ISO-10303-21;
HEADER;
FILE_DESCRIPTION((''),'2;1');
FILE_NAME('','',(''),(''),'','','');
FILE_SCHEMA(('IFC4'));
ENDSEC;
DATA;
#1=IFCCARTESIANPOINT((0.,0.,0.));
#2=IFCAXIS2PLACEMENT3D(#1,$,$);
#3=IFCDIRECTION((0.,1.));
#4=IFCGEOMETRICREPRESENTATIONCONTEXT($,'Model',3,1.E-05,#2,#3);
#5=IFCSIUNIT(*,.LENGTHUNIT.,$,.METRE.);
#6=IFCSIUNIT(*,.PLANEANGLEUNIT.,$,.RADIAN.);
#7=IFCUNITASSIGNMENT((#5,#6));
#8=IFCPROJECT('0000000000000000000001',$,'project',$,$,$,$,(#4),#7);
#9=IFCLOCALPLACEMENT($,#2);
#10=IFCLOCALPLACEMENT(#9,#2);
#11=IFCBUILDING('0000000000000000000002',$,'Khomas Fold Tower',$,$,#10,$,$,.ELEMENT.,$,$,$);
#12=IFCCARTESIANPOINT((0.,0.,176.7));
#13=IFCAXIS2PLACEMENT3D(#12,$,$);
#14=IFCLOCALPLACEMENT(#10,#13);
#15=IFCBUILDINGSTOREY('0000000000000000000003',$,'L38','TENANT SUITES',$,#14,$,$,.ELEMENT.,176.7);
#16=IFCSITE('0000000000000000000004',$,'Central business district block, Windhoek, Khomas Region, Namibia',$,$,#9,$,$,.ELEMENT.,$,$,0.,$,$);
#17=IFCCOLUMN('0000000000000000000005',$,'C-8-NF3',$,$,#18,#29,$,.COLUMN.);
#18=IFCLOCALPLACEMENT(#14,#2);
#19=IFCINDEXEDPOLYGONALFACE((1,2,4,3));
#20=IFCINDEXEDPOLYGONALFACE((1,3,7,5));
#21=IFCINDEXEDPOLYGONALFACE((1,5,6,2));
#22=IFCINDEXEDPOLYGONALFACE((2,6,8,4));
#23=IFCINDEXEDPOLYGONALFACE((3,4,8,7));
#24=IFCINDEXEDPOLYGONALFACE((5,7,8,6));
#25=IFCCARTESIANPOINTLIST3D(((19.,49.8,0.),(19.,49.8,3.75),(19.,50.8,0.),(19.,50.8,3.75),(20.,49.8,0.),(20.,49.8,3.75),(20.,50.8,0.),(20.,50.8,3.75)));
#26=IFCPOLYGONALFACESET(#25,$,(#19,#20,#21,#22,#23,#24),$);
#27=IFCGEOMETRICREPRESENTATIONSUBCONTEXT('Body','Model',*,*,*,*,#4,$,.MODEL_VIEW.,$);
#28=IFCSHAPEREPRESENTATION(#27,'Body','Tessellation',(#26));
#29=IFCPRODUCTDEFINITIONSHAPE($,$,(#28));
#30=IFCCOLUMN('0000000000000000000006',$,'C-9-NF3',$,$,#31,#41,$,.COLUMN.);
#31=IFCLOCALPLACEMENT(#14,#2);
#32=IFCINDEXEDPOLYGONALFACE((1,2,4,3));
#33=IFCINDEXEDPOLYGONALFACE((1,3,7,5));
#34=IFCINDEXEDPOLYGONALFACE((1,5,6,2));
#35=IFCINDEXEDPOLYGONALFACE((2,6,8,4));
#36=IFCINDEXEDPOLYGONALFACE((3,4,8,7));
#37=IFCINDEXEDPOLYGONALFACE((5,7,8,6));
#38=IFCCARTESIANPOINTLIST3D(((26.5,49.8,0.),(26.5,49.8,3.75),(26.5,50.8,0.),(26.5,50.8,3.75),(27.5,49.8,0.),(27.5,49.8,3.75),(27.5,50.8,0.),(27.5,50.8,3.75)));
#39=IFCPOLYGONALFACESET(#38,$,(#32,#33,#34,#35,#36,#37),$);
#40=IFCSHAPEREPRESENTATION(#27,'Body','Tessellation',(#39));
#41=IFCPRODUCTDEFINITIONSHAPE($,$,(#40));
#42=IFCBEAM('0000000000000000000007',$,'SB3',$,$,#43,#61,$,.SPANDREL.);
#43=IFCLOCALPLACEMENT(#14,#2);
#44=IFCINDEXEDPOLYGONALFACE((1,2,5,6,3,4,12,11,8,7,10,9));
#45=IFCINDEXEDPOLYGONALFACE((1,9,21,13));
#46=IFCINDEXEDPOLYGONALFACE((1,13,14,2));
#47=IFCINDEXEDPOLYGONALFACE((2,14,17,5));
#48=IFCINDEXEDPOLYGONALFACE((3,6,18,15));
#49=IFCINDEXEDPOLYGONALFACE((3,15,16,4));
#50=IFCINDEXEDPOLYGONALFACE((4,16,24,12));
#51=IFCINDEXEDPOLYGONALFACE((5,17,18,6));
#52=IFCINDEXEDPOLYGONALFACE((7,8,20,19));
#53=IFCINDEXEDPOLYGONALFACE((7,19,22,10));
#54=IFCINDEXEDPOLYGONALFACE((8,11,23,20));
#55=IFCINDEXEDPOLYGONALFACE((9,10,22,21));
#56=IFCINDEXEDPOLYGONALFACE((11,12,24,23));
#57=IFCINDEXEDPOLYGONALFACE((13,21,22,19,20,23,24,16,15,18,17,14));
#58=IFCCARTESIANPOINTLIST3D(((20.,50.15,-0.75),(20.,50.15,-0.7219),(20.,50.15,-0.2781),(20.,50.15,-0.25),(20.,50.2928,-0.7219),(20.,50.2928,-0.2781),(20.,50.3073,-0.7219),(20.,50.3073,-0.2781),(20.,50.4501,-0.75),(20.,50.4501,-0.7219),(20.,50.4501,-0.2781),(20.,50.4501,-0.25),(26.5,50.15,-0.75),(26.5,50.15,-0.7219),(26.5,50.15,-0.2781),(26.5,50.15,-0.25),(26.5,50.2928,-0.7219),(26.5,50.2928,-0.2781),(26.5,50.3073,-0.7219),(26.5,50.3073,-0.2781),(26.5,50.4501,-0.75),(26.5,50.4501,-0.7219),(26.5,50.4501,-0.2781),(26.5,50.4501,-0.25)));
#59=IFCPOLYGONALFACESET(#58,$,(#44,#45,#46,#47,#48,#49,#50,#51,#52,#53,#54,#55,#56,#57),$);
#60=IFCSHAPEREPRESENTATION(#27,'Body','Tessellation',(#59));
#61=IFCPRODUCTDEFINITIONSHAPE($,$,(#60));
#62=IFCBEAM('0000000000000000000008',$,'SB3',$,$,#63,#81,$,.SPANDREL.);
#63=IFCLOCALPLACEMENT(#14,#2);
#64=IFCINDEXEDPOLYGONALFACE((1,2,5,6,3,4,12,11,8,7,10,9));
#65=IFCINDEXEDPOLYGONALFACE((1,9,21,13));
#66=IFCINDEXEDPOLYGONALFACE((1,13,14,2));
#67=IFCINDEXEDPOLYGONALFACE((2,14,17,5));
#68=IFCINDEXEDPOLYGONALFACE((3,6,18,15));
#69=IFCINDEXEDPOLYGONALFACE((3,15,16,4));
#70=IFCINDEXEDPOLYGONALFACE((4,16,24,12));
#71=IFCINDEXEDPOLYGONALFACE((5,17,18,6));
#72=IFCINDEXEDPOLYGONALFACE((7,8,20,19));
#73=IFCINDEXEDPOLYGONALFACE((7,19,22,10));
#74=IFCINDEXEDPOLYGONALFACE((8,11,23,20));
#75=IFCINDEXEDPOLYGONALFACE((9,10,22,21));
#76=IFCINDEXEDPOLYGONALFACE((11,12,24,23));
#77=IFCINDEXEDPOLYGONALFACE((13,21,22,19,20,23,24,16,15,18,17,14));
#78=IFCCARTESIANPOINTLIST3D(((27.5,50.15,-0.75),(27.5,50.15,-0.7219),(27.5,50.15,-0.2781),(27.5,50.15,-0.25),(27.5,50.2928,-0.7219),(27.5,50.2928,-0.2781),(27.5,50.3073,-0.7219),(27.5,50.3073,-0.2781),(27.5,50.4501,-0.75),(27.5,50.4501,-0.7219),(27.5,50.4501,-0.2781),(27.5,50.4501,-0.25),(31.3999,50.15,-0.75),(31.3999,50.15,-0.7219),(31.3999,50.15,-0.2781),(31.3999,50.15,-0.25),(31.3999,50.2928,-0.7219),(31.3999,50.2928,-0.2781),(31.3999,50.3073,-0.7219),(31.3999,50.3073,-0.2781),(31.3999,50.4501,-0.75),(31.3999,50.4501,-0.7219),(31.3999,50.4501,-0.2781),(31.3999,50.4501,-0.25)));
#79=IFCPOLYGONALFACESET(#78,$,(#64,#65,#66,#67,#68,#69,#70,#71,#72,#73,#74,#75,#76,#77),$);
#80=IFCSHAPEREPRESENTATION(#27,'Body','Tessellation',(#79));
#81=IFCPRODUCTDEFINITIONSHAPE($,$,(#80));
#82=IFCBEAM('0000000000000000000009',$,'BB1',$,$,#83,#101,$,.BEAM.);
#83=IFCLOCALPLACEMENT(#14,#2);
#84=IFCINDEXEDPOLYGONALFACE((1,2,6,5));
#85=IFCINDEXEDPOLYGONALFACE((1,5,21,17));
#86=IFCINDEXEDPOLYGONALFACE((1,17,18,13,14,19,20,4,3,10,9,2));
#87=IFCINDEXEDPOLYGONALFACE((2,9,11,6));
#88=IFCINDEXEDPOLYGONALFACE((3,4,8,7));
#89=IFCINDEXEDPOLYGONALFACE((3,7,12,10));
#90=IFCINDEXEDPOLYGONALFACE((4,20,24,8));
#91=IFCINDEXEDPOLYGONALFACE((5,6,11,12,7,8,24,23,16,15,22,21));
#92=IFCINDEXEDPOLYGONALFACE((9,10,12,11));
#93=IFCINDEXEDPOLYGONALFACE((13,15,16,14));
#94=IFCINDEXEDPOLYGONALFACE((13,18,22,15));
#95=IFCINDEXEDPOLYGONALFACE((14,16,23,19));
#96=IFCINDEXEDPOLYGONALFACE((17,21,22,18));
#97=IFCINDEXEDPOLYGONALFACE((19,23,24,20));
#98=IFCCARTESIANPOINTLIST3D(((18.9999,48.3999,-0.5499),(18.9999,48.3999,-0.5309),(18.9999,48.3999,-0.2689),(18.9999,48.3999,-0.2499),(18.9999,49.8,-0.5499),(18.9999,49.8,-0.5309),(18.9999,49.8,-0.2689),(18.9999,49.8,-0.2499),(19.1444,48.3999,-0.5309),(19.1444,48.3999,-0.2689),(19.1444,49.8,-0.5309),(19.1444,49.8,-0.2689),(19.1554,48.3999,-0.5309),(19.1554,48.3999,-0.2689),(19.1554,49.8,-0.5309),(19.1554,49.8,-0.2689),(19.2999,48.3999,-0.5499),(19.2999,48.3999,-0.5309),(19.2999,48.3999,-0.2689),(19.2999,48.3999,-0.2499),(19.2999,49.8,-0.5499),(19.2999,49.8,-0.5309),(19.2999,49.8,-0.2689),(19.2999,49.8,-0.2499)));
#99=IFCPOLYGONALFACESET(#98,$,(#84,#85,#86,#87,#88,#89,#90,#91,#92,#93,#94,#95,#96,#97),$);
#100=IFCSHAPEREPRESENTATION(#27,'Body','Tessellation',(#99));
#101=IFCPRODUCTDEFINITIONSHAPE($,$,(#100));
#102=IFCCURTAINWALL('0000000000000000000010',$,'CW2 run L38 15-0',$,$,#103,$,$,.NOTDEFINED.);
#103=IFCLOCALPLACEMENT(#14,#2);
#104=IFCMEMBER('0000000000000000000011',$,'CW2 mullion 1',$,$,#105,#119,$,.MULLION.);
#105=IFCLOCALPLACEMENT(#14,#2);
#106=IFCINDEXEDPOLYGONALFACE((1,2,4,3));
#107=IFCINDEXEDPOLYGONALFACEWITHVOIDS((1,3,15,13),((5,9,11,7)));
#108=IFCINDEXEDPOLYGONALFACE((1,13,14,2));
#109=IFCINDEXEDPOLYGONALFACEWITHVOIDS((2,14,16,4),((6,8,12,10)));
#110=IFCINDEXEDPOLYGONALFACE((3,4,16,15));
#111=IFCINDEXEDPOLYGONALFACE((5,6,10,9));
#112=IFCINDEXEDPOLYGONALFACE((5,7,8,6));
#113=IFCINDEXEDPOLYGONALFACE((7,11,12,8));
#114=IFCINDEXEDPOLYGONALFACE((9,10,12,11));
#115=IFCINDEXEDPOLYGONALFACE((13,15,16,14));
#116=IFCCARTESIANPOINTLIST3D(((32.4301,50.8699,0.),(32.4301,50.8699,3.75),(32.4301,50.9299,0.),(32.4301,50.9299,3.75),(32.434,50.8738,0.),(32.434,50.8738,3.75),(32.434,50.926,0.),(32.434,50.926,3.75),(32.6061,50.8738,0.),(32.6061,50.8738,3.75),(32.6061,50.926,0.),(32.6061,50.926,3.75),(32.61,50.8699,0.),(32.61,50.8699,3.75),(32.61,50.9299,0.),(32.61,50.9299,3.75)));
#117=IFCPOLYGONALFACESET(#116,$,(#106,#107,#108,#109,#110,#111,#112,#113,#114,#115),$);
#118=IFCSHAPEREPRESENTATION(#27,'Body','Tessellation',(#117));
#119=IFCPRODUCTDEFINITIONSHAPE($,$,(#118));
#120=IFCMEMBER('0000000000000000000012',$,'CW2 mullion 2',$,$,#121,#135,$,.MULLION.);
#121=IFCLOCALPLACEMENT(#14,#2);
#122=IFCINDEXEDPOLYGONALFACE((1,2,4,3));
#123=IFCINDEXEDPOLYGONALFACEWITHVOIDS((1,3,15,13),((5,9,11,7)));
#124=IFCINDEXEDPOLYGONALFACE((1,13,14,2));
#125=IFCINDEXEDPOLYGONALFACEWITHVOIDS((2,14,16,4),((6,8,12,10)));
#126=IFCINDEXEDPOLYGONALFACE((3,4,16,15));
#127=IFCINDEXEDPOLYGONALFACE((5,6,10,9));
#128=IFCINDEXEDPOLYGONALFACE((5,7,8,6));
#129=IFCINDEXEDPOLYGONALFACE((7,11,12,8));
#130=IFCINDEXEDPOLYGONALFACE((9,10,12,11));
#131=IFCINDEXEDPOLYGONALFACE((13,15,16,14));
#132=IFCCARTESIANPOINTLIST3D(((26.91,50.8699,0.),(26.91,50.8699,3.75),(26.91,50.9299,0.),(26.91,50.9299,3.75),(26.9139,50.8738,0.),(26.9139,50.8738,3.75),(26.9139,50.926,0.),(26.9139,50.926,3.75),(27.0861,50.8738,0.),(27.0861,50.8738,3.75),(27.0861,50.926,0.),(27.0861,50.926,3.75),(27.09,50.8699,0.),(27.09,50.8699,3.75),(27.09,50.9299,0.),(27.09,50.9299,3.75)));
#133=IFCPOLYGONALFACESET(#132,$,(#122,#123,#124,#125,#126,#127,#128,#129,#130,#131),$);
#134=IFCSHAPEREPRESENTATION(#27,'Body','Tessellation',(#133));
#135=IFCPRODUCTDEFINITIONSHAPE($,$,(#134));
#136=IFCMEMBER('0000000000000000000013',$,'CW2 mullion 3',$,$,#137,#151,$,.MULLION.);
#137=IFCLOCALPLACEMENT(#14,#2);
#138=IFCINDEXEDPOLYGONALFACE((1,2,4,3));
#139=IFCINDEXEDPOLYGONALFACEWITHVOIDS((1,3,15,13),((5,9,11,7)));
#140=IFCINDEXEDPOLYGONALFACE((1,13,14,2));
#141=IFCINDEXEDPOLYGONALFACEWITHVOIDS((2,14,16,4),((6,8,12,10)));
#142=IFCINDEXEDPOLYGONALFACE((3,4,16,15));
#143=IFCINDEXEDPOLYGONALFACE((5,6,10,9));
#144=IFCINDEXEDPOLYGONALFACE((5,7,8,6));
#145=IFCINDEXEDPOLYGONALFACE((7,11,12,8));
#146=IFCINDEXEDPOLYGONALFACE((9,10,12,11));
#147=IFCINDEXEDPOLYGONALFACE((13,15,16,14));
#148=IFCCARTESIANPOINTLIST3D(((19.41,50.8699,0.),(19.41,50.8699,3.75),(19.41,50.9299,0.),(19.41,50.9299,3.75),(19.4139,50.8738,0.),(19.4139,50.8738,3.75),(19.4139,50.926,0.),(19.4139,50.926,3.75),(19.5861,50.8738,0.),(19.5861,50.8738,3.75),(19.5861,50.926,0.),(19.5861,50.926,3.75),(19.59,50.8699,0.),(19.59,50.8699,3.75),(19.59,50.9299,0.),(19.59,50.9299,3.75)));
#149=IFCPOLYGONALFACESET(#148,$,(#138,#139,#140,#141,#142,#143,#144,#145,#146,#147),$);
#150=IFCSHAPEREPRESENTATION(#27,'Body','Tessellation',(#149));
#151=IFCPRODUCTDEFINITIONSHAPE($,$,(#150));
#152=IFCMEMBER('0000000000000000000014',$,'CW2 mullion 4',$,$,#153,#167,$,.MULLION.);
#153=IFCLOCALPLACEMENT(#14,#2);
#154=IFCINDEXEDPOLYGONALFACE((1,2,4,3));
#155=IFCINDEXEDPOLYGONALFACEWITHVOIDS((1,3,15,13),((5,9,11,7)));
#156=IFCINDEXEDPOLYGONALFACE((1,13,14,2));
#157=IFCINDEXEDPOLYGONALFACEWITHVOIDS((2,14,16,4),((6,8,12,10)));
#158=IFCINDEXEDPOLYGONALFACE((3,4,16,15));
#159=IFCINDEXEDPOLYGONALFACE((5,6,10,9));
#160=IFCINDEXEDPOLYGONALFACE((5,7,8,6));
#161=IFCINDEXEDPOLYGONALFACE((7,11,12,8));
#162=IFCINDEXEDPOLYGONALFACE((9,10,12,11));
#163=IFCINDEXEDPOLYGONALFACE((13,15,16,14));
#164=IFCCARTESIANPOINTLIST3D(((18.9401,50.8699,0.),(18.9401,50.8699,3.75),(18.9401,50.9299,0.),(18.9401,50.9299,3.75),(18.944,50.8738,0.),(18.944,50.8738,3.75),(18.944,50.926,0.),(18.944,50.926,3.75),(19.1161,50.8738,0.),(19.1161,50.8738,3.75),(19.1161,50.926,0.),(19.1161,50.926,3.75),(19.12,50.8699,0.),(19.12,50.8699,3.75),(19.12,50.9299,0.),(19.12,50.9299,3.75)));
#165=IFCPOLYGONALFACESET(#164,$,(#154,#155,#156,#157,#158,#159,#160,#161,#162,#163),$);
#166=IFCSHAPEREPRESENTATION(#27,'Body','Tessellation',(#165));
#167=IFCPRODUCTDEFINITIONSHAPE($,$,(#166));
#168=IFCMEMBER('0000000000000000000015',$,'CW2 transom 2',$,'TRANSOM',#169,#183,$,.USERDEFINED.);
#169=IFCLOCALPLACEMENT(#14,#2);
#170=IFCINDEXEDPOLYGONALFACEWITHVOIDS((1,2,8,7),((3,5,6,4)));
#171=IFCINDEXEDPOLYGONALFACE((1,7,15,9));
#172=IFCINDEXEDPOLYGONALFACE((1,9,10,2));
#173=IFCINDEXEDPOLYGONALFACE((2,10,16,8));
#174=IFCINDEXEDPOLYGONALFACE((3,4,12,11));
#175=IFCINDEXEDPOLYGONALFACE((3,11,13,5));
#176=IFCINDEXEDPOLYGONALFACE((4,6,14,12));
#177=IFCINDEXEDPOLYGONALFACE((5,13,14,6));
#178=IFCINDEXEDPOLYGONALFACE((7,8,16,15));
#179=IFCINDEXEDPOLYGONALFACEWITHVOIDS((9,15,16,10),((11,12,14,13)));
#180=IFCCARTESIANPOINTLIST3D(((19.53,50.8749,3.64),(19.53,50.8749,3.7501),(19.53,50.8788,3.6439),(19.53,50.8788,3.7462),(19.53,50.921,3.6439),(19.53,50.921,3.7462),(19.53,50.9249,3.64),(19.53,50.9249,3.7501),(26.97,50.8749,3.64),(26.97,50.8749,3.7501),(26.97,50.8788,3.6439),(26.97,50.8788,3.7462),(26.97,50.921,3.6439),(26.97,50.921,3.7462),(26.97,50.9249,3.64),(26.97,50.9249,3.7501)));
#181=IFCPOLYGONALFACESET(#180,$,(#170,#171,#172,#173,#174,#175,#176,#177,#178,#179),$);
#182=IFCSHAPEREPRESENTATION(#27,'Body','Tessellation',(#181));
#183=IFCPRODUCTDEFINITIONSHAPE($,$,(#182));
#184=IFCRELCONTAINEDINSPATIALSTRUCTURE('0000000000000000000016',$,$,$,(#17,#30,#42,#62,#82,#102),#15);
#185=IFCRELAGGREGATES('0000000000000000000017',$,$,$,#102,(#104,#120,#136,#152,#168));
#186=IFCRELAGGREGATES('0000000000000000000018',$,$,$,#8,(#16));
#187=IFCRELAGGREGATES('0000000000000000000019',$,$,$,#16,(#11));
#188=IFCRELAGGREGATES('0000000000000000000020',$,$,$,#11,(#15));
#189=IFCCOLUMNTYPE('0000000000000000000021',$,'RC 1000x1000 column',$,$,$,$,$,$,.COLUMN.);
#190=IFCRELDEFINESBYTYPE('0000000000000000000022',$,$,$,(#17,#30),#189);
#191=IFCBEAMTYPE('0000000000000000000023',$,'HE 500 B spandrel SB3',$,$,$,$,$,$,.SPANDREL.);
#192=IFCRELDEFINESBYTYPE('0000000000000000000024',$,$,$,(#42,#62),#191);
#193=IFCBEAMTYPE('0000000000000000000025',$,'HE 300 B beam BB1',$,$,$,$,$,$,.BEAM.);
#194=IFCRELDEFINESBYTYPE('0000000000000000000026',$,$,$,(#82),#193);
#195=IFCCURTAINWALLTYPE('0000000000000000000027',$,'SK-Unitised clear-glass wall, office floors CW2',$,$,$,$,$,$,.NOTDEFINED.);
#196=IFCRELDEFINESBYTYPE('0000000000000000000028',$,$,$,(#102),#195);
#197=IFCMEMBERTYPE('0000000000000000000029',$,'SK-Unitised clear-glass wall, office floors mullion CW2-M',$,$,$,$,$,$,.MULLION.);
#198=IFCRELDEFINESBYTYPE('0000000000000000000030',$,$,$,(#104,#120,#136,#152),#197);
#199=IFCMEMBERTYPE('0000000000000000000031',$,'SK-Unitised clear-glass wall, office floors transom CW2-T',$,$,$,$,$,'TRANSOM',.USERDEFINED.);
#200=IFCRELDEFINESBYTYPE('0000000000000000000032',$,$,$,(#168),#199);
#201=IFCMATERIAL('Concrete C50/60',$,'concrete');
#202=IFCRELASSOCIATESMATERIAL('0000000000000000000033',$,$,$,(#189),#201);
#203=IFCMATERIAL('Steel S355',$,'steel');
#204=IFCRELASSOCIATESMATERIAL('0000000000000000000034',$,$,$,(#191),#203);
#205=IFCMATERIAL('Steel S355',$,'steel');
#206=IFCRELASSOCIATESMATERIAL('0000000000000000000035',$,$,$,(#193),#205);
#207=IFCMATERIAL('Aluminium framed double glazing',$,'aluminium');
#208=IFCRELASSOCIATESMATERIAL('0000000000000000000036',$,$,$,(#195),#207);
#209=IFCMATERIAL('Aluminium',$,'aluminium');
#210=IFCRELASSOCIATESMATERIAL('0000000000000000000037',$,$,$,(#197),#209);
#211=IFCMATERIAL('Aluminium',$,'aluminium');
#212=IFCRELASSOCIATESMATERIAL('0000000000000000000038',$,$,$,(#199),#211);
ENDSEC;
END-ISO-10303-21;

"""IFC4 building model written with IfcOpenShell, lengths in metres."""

from ifc_helpers import new_model, si_unit, direction, frame, origin, origin_2d, place, context, subcontext, project, spatial, rectangle, hollow_rectangle, i_section, extrude, source, transform, mapped, material, material_profile, profile_set, type_object, element, aggregate, save


model = new_model("IFC4")

# Units and contexts
model_context = context("Model", 3, precision=1e-05, world=origin(), true_north=direction((0.0, 1.0)))
body_context = subcontext(model_context, "Body", "Model", "MODEL_VIEW")
ifc_project = project(units=[si_unit("LENGTHUNIT", "METRE"), si_unit("PLANEANGLEUNIT", "RADIAN")], contexts=[model_context])

# Site, building, storey
site_placement = place(None, origin())
site = spatial("IfcSite", under=ifc_project, at=site_placement, Name="Central business district block, Windhoek, Khomas Region, Namibia", CompositionType="ELEMENT", RefElevation=0.0)
building_placement = place(site_placement, origin())
building = spatial("IfcBuilding", under=site, at=building_placement, Name="Khomas Fold Tower", CompositionType="ELEMENT")
storey_placement = place(building_placement, frame((0.0, 0.0, 176.7)))
storey = spatial("IfcBuildingStorey", under=building, at=storey_placement, Name="L38", Description="TENANT SUITES", CompositionType="ELEMENT", Elevation=176.7)

# Columns
ifc_material_1 = material(Name="Concrete C50/60", Category="concrete")
ifc_material_profile_1 = material_profile(ifc_material_1, rectangle(XDim=1.0, YDim=1.0, at=origin_2d()), Name="RC 1000x1000")
ifc_profile_set_1 = profile_set([ifc_material_profile_1], Name="Concrete C50/60")
column_type = type_object("IfcColumnType", Name="RC 1000x1000 column", PredefinedType="COLUMN", material=ifc_profile_set_1)
shared_shape_1 = source(origin(), body_context, "Body", "SweptSolid", [
    extrude(rectangle(XDim=1.0, YDim=1.0, at=origin_2d()), origin(), (0.0, 0.0, 1.0), 3.75),
])
for number, where, z_axis, x_axis, name in (
    (1, (19.5, 50.3, 0.0), (0.0, 0.0, 1.0), (1.0, 0.0, 0.0), "C-8-NF3"),
    (2, (27.0, 50.3, 0.0), (0.0, 0.0, 1.0), (1.0, 0.0, 0.0), "C-9-NF3"),
):
    element("IfcColumn", number, at=place(storey_placement, frame(where, z_axis=z_axis, x_axis=x_axis)), inside=storey, type_object=column_type, Name=name, PredefinedType="COLUMN", context=body_context, shape_type="MappedRepresentation", body=[
        mapped(shared_shape_1, transform((0.0, 0.0, 0.0))),
    ])

# Beams
ifc_material_2 = material(Name="Steel S355", Category="steel")
ifc_material_profile_2 = material_profile(ifc_material_2, i_section(OverallWidth=0.3, OverallDepth=0.5, WebThickness=0.0144, FlangeThickness=0.0281, at=origin_2d()), Name="HE 500 B")
ifc_profile_set_2 = profile_set([ifc_material_profile_2], Name="Steel S355")
beam_type_1 = type_object("IfcBeamType", Name="HE 500 B spandrel SB3", PredefinedType="SPANDREL", material=ifc_profile_set_2)
shared_shape_2 = source(origin(), body_context, "Body", "SweptSolid", [
    extrude(i_section(OverallWidth=0.3, OverallDepth=0.5, WebThickness=0.0144, FlangeThickness=0.0281, at=origin_2d()), origin(), (0.0, 0.0, 1.0), 6.5),
])
beam_1_placement = place(storey_placement, frame((20.0, 50.3, -0.5), z_axis=(1.0, 0.0, 0.0), x_axis=(0.0, 1.0, 0.0)))
element("IfcBeam", 3, at=beam_1_placement, inside=storey, type_object=beam_type_1, Name="SB3", PredefinedType="SPANDREL", context=body_context, shape_type="MappedRepresentation", body=[
    mapped(shared_shape_2, transform((0.0, 0.0, 0.0))),
])
shared_shape_3 = source(origin(), body_context, "Body", "SweptSolid", [
    extrude(i_section(OverallWidth=0.3, OverallDepth=0.5, WebThickness=0.0144, FlangeThickness=0.0281, at=origin_2d()), origin(), (0.0, 0.0, 1.0), 3.8999),
])
beam_2_placement = place(storey_placement, frame((27.5, 50.3, -0.5), z_axis=(1.0, 0.0, 0.0), x_axis=(0.0, 1.0, 0.0)))
element("IfcBeam", 4, at=beam_2_placement, inside=storey, type_object=beam_type_1, Name="SB3", PredefinedType="SPANDREL", context=body_context, shape_type="MappedRepresentation", body=[
    mapped(shared_shape_3, transform((0.0, 0.0, 0.0))),
])
ifc_material_3 = material(Name="Steel S355", Category="steel")
ifc_material_profile_3 = material_profile(ifc_material_3, i_section(OverallWidth=0.3, OverallDepth=0.3, WebThickness=0.011, FlangeThickness=0.019, at=origin_2d()), Name="HE 300 B")
ifc_profile_set_3 = profile_set([ifc_material_profile_3], Name="Steel S355")
beam_type_2 = type_object("IfcBeamType", Name="HE 300 B beam BB1", PredefinedType="BEAM", material=ifc_profile_set_3)
shared_shape_4 = source(origin(), body_context, "Body", "SweptSolid", [
    extrude(i_section(OverallWidth=0.3, OverallDepth=0.3, WebThickness=0.011, FlangeThickness=0.019, at=origin_2d()), origin(), (0.0, 0.0, 1.0), 1.4001),
])
beam_3_placement = place(storey_placement, frame((19.1499, 48.3999, -0.3999), z_axis=(0.0, 1.0, 0.0), x_axis=(-1.0, 0.0, 0.0)))
element("IfcBeam", 5, at=beam_3_placement, inside=storey, type_object=beam_type_2, Name="BB1", PredefinedType="BEAM", context=body_context, shape_type="MappedRepresentation", body=[
    mapped(shared_shape_4, transform((0.0, 0.0, 0.0))),
])

# Curtain wall, members
ifc_material_4 = material(Name="Aluminium framed double glazing", Category="aluminium")
curtain_wall_type = type_object("IfcCurtainWallType", Name="SK-Unitised clear-glass wall, office floors CW2", PredefinedType="NOTDEFINED", material=ifc_material_4)
curtain_wall_placement = place(storey_placement, origin())
curtain_wall = element("IfcCurtainWall", 6, at=curtain_wall_placement, inside=storey, type_object=curtain_wall_type, Name="CW2 run L38 15-0", PredefinedType="NOTDEFINED")
ifc_material_5 = material(Name="Aluminium", Category="aluminium")
ifc_material_profile_4 = material_profile(ifc_material_5, hollow_rectangle(XDim=0.0601, YDim=0.1799, WallThickness=0.0039, at=origin_2d()), Name="SK-Unitised clear-glass wall, office floors mullion CW2-M")
ifc_profile_set_4 = profile_set([ifc_material_profile_4], Name="Aluminium")
member_type_1 = type_object("IfcMemberType", Name="SK-Unitised clear-glass wall, office floors mullion CW2-M", PredefinedType="MULLION", material=ifc_profile_set_4)
shared_shape_5 = source(origin(), body_context, "Body", "SweptSolid", [
    extrude(hollow_rectangle(XDim=0.0601, YDim=0.1799, WallThickness=0.0039, at=origin_2d()), origin(), (0.0, 0.0, 1.0), 3.75),
])
member_1_placement = place(storey_placement, frame((32.52, 50.8999, 0.0), z_axis=(0.0, 0.0, 1.0), x_axis=(0.0, -1.0, 0.0)))
member_1 = element("IfcMember", 7, at=member_1_placement, type_object=member_type_1, Name="CW2 mullion 1", PredefinedType="MULLION", context=body_context, shape_type="MappedRepresentation", body=[
    mapped(shared_shape_5, transform((0.0, 0.0, 0.0))),
])
member_2_placement = place(storey_placement, frame((27.0, 50.8999, 0.0), z_axis=(0.0, 0.0, 1.0), x_axis=(0.0, -1.0, 0.0)))
member_2 = element("IfcMember", 8, at=member_2_placement, type_object=member_type_1, Name="CW2 mullion 2", PredefinedType="MULLION", context=body_context, shape_type="MappedRepresentation", body=[
    mapped(shared_shape_5, transform((0.0, 0.0, 0.0))),
])
member_3_placement = place(storey_placement, frame((19.5, 50.8999, 0.0), z_axis=(0.0, 0.0, 1.0), x_axis=(0.0, -1.0, 0.0)))
member_3 = element("IfcMember", 9, at=member_3_placement, type_object=member_type_1, Name="CW2 mullion 3", PredefinedType="MULLION", context=body_context, shape_type="MappedRepresentation", body=[
    mapped(shared_shape_5, transform((0.0, 0.0, 0.0))),
])
member_4_placement = place(storey_placement, frame((19.03, 50.8999, 0.0), z_axis=(0.0, 0.0, 1.0), x_axis=(0.0, -1.0, 0.0)))
member_4 = element("IfcMember", 10, at=member_4_placement, type_object=member_type_1, Name="CW2 mullion 4", PredefinedType="MULLION", context=body_context, shape_type="MappedRepresentation", body=[
    mapped(shared_shape_5, transform((0.0, 0.0, 0.0))),
])
ifc_material_6 = material(Name="Aluminium", Category="aluminium")
ifc_material_profile_5 = material_profile(ifc_material_6, hollow_rectangle(XDim=0.05, YDim=0.1101, WallThickness=0.0039, at=origin_2d()), Name="SK-Unitised clear-glass wall, office floors transom CW2-T")
ifc_profile_set_5 = profile_set([ifc_material_profile_5], Name="Aluminium")
member_type_2 = type_object("IfcMemberType", Name="SK-Unitised clear-glass wall, office floors transom CW2-T", ElementType="TRANSOM", PredefinedType="USERDEFINED", material=ifc_profile_set_5)
shared_shape_6 = source(origin(), body_context, "Body", "SweptSolid", [
    extrude(hollow_rectangle(XDim=0.05, YDim=0.1101, WallThickness=0.0039, at=origin_2d()), origin(), (0.0, 0.0, 1.0), 7.4399),
])
member_5_placement = place(storey_placement, frame((26.97, 50.8999, 3.6951), z_axis=(-1.0, 0.0, 0.0), x_axis=(0.0, -1.0, 0.0)))
member_5 = element("IfcMember", 11, at=member_5_placement, type_object=member_type_2, Name="CW2 transom 2", ObjectType="TRANSOM", PredefinedType="USERDEFINED", context=body_context, shape_type="MappedRepresentation", body=[
    mapped(shared_shape_6, transform((0.0, 0.0, 0.0))),
])

aggregate(curtain_wall, [member_1, member_2, member_3, member_4, member_5])

save(model, "model.ifc")
